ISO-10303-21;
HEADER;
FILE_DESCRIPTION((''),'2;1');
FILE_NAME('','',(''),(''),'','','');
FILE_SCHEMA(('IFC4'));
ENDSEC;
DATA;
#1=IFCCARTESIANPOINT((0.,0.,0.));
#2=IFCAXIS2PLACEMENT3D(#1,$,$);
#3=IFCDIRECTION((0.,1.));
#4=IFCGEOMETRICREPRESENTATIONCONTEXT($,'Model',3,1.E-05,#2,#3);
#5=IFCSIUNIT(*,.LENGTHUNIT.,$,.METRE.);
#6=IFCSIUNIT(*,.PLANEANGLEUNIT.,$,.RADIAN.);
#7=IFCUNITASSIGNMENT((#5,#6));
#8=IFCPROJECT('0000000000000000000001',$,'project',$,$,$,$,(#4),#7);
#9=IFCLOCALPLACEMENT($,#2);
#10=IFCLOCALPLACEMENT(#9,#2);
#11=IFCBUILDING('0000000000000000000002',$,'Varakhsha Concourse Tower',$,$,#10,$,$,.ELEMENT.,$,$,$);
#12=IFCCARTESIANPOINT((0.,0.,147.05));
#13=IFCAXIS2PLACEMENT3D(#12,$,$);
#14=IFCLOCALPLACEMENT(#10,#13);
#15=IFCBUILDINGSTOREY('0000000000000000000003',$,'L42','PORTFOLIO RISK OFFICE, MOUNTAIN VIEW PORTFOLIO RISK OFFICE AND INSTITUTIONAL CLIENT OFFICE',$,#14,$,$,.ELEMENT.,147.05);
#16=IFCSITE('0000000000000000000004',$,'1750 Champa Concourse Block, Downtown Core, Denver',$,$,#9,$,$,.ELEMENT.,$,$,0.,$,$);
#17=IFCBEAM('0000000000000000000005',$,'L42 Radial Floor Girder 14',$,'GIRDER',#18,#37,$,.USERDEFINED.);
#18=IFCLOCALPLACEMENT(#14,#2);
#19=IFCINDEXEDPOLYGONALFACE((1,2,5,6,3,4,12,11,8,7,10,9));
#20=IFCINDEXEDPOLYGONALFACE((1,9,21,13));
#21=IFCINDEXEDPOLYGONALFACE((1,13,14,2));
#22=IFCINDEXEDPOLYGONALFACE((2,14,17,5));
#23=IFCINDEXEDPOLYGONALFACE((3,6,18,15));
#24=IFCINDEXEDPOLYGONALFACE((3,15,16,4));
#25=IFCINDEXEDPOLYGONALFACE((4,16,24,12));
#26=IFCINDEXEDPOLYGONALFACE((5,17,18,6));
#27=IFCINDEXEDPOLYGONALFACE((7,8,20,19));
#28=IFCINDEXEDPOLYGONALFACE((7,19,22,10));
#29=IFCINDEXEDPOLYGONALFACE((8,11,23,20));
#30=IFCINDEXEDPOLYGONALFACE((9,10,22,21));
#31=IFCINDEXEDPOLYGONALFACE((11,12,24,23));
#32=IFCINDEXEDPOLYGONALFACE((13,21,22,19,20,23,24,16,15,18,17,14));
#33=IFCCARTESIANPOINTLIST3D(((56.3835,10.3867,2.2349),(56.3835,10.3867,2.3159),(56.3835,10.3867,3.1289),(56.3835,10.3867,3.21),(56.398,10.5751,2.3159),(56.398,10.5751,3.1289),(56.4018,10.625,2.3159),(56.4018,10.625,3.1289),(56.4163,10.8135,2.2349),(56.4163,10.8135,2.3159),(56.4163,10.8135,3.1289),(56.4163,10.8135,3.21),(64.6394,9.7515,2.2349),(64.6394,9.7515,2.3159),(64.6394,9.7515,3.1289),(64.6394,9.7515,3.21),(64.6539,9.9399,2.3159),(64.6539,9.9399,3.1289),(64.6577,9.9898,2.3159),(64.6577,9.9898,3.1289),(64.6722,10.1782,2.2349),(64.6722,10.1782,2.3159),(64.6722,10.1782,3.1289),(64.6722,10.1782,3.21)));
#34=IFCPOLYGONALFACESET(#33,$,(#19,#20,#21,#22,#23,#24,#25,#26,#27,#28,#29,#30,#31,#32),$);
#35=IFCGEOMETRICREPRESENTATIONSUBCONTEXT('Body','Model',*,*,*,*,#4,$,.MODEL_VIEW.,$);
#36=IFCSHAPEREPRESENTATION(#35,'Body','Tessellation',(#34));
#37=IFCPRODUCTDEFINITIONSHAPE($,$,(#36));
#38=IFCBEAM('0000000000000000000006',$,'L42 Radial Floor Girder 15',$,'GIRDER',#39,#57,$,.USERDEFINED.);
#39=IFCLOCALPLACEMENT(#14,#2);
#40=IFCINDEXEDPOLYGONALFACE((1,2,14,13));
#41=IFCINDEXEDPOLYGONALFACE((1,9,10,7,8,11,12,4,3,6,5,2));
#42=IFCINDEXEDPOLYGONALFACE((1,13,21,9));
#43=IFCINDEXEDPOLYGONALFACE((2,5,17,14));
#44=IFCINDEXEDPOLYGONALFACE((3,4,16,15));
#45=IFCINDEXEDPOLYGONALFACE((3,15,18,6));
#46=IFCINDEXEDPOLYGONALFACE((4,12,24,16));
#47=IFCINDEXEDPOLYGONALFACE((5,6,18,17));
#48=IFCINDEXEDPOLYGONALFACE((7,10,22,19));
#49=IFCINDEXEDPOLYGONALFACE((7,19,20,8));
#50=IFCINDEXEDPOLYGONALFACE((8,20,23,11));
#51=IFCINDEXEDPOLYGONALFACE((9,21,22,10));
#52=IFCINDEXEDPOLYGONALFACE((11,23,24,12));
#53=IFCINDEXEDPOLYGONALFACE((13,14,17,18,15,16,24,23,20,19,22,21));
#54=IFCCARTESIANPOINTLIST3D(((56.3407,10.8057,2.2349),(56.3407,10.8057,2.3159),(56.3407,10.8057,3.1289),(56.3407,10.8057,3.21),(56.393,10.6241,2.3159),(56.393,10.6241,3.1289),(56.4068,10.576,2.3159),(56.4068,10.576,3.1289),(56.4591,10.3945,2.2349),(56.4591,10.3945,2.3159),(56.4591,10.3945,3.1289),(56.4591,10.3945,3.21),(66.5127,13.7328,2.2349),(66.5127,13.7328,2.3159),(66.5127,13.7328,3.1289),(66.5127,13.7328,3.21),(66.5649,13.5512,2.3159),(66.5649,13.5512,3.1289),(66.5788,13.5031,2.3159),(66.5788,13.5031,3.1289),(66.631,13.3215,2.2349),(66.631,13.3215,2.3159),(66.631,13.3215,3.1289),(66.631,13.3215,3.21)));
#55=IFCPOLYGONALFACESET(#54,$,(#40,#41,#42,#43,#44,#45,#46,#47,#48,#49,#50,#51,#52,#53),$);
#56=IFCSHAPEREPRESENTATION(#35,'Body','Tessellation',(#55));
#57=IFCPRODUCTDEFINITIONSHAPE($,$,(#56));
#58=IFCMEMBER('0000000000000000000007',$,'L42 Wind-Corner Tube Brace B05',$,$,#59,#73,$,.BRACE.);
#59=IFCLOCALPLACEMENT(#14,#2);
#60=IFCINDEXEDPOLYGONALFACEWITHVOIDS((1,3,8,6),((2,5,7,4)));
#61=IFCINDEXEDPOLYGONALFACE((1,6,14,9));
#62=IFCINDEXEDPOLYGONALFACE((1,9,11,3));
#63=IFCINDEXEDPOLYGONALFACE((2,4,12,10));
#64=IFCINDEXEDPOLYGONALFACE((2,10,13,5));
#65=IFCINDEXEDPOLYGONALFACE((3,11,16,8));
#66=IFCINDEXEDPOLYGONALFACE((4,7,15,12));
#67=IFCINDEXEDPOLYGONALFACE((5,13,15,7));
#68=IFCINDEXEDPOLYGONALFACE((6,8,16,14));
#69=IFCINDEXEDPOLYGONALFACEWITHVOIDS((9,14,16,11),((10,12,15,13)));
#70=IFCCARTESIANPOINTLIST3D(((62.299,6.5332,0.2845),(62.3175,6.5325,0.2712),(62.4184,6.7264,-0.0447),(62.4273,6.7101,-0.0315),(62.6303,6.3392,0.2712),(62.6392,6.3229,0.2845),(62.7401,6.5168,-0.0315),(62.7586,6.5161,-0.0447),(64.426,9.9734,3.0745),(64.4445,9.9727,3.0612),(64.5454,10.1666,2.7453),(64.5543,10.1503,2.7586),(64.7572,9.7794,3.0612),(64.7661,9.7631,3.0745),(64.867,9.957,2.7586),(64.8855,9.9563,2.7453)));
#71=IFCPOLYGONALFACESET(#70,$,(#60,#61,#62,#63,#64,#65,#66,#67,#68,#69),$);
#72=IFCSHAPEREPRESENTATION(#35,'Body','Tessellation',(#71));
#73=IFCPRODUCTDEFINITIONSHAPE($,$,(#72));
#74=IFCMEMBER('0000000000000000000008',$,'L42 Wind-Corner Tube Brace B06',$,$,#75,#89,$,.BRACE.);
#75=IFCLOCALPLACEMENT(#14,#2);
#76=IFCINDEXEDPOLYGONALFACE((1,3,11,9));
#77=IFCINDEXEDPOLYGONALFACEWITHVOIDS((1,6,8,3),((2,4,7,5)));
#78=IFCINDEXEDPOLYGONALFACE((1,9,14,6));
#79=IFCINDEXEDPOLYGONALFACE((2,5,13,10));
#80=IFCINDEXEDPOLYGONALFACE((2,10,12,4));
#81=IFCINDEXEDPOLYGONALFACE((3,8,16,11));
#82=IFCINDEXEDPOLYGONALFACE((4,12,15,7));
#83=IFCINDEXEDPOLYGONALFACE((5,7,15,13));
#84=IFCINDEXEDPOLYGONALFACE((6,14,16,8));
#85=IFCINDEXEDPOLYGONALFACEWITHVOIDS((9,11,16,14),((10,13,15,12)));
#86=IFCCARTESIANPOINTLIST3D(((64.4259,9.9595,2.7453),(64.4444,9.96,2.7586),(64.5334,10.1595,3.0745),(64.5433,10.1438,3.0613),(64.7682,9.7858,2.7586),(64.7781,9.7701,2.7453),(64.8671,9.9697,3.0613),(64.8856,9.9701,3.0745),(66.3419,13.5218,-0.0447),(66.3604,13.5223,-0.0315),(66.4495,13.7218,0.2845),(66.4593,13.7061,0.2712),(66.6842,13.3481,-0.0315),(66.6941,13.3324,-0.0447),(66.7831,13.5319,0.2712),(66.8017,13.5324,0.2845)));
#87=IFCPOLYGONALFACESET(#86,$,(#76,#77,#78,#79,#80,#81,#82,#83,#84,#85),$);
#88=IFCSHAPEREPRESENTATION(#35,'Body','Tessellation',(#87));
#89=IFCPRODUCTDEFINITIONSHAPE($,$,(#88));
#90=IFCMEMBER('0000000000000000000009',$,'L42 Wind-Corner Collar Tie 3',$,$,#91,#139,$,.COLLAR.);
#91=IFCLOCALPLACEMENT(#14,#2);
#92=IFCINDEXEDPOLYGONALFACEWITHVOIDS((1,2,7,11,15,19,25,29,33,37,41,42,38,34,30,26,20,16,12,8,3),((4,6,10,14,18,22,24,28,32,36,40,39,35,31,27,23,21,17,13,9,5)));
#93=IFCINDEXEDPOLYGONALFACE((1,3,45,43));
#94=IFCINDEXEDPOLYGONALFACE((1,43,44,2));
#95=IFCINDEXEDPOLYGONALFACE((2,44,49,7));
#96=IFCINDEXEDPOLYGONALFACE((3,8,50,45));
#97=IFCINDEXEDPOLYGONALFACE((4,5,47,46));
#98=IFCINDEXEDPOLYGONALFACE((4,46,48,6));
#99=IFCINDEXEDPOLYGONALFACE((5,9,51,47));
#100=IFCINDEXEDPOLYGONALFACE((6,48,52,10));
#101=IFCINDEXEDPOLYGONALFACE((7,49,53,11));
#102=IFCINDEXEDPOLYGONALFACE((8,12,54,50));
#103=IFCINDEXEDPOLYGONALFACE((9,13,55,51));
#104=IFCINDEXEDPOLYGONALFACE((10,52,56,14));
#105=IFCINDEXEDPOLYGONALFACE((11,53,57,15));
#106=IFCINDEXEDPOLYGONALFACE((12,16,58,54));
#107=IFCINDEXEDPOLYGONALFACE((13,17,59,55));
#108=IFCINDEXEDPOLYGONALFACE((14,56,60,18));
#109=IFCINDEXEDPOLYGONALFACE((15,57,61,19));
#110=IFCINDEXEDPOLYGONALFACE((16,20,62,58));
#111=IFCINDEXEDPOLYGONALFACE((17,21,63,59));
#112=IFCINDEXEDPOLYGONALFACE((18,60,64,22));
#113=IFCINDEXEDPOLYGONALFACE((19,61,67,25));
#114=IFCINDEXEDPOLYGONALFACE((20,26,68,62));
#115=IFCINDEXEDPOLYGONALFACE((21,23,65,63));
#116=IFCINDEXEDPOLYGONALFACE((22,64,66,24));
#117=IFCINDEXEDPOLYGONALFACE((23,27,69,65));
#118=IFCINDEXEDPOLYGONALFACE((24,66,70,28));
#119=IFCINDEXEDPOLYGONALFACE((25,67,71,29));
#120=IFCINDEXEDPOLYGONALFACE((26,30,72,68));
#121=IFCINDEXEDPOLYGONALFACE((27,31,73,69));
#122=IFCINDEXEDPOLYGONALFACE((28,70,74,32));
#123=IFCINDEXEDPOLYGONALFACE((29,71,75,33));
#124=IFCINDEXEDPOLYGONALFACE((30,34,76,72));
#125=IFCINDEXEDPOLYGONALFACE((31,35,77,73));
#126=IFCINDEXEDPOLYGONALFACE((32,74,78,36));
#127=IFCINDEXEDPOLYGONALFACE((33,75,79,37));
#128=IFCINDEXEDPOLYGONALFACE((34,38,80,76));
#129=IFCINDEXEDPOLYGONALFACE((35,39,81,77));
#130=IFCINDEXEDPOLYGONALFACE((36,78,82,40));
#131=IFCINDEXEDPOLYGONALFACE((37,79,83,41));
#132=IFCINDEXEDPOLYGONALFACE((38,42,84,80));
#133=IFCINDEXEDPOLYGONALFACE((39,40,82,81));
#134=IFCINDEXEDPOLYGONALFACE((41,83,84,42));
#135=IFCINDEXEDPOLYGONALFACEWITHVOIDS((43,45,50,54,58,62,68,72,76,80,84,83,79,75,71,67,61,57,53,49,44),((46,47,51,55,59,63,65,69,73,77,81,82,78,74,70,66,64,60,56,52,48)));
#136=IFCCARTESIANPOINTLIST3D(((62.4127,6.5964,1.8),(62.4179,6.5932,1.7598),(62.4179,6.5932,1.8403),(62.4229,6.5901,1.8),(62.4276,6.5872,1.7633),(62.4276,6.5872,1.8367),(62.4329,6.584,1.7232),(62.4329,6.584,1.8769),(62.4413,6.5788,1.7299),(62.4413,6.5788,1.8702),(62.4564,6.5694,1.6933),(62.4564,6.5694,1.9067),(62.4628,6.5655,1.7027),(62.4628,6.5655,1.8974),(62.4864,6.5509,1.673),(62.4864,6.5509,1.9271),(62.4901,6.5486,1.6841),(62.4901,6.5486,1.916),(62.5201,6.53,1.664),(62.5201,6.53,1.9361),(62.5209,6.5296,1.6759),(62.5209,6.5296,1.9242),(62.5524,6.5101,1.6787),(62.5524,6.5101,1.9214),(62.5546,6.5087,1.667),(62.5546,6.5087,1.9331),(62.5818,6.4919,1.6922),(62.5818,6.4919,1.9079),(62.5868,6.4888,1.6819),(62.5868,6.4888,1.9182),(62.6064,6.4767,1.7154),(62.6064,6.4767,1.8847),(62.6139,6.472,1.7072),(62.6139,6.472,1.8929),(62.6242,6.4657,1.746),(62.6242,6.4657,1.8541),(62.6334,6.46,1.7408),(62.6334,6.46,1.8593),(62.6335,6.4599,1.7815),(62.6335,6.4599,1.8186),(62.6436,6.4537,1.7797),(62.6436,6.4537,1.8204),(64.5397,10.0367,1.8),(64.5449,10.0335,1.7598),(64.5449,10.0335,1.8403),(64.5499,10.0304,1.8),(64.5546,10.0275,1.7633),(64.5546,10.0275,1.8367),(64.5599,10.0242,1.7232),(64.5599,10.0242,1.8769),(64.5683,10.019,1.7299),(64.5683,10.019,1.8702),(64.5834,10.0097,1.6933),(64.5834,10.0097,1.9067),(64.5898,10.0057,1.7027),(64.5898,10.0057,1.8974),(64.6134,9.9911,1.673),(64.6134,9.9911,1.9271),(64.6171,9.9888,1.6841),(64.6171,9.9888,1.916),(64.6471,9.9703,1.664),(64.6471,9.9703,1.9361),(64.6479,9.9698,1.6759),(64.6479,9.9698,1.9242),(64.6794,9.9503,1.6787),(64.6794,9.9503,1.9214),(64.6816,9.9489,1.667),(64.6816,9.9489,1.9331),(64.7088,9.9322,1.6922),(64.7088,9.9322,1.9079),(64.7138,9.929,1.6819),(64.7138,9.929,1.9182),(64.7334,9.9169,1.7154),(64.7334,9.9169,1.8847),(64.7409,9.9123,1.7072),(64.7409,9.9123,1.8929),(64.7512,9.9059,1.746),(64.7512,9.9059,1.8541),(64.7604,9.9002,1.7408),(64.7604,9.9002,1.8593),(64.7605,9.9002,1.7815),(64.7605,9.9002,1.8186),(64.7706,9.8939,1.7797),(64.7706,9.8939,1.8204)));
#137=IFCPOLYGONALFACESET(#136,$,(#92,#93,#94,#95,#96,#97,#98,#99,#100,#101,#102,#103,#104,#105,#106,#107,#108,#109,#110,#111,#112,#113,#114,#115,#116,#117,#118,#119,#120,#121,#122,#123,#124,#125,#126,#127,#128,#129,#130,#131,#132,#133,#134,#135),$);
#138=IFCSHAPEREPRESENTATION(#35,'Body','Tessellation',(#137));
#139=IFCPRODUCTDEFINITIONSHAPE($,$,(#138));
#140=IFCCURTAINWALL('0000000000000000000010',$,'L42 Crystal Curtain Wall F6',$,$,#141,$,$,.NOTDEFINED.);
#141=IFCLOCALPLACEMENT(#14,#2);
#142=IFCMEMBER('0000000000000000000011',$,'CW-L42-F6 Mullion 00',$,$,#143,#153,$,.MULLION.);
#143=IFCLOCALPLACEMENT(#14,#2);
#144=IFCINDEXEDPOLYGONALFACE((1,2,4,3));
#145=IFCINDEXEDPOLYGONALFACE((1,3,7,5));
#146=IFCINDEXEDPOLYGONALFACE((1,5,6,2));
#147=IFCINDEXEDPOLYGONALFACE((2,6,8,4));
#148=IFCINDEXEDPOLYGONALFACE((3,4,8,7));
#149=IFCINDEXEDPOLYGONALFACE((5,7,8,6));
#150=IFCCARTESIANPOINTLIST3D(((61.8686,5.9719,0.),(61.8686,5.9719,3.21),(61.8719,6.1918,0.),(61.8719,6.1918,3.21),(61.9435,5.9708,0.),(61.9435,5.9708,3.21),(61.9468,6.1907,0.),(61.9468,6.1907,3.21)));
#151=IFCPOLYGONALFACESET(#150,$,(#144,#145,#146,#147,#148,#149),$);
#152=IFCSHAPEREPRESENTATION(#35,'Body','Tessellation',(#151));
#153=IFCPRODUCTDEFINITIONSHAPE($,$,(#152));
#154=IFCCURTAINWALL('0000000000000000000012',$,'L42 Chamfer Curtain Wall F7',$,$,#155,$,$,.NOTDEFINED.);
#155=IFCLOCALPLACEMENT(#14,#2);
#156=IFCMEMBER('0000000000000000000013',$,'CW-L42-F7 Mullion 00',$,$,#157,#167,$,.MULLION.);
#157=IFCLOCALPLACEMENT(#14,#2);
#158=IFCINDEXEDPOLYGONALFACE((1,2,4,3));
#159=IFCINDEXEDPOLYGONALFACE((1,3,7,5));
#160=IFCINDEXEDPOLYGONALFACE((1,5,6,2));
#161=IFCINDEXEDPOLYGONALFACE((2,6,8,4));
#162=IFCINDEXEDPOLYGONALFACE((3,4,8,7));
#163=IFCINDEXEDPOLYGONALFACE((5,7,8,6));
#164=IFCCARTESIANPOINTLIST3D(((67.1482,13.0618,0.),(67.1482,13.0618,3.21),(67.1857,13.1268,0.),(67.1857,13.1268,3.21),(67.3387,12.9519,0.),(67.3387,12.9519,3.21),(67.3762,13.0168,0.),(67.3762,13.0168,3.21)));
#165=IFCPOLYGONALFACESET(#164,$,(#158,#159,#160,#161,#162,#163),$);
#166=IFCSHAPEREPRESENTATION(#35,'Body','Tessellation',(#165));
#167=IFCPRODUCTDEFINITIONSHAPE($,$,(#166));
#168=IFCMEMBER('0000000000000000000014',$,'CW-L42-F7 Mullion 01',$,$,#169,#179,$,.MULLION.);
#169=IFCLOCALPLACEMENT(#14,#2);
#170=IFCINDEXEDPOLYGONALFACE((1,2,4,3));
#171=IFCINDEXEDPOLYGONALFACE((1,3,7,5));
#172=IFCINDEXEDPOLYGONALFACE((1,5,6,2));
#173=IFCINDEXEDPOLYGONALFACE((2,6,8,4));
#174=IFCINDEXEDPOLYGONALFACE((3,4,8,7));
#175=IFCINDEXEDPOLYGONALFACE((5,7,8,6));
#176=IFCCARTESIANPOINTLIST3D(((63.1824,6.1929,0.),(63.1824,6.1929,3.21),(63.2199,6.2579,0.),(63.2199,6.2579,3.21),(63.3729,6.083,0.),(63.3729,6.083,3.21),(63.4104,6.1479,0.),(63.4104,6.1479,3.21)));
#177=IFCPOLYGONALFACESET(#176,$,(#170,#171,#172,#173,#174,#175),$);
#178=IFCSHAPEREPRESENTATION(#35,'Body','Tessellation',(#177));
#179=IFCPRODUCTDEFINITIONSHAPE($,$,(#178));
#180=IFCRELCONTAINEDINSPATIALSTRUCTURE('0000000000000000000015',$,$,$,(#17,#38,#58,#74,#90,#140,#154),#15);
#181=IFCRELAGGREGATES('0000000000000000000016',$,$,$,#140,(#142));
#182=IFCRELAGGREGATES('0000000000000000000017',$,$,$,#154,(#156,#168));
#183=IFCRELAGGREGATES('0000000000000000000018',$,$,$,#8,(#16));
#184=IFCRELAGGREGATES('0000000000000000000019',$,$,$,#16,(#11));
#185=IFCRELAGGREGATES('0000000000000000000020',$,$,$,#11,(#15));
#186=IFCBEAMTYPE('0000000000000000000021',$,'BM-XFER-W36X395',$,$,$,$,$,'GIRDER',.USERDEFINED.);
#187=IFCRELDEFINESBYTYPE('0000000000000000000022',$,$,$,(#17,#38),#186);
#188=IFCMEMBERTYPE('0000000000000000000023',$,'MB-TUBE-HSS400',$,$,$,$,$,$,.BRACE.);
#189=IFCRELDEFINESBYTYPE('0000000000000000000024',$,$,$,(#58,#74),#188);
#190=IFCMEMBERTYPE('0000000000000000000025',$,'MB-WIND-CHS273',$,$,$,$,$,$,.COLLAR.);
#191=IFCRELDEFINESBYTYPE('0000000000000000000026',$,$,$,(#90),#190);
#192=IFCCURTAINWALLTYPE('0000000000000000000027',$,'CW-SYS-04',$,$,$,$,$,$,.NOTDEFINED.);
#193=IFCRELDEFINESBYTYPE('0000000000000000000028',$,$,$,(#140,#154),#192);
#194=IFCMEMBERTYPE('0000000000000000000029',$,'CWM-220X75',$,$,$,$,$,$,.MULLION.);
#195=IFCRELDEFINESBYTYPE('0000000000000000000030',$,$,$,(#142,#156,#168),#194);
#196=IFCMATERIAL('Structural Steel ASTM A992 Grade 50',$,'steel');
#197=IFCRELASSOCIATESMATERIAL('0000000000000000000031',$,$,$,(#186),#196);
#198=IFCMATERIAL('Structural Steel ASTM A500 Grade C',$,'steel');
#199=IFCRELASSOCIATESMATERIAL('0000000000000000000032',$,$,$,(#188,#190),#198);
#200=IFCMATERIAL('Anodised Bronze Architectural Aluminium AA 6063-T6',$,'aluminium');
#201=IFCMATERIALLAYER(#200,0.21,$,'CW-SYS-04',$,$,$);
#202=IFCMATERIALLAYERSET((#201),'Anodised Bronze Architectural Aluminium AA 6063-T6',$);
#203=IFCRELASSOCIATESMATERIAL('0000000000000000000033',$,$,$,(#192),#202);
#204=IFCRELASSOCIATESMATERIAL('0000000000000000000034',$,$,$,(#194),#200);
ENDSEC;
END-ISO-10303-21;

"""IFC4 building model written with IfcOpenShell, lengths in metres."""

from ifc_helpers import new_model, si_unit, direction, frame, origin, origin_2d, place, context, subcontext, project, spatial, rectangle, hollow_rectangle, hollow_circle, i_section, extrude, source, transform, mapped, material, layer, layer_set, material_profile, profile_set, type_object, type_shapes, element, aggregate, save


model = new_model("IFC4")

# Units and contexts
model_context = context("Model", 3, precision=1e-05, world=origin(), true_north=direction((0.0, 1.0)))
body_context = subcontext(model_context, "Body", "Model", "MODEL_VIEW")
ifc_project = project(units=[si_unit("LENGTHUNIT", "METRE"), si_unit("PLANEANGLEUNIT", "RADIAN")], contexts=[model_context])

# Site, building, storey
site_placement = place(None, origin())
site = spatial("IfcSite", under=ifc_project, at=site_placement, Name="1750 Champa Concourse Block, Downtown Core, Denver", CompositionType="ELEMENT", RefElevation=0.0)
building_placement = place(site_placement, origin())
building = spatial("IfcBuilding", under=site, at=building_placement, Name="Varakhsha Concourse Tower", CompositionType="ELEMENT")
storey_placement = place(building_placement, frame((0.0, 0.0, 147.05)))
storey = spatial("IfcBuildingStorey", under=building, at=storey_placement, Name="L42", Description="PORTFOLIO RISK OFFICE, MOUNTAIN VIEW PORTFOLIO RISK OFFICE AND INSTITUTIONAL CLIENT OFFICE", CompositionType="ELEMENT", Elevation=147.05)

# Beams
ifc_material_1 = material(Name="Structural Steel ASTM A992 Grade 50", Category="steel")
ifc_material_profile_1 = material_profile(ifc_material_1, i_section(OverallWidth=0.428, OverallDepth=0.9751, WebThickness=0.05, FlangeThickness=0.0811, at=origin_2d()), Name="W36X395")
ifc_profile_set_1 = profile_set([ifc_material_profile_1], Name="Structural Steel ASTM A992 Grade 50")
beam_type_1 = type_object("IfcBeamType", Name="BM-XFER-W36X395", ElementType="GIRDER", PredefinedType="USERDEFINED", material=ifc_profile_set_1)
beam_1_placement = place(storey_placement, frame((56.3999, 10.6001, 2.7224), z_axis=(0.997053, -0.076719, 0.0), x_axis=(0.076719, 0.997053, 0.0)))
element("IfcBeam", 1, at=beam_1_placement, inside=storey, type_object=beam_type_1, Name="L42 Radial Floor Girder 14", ObjectType="GIRDER", PredefinedType="USERDEFINED", context=body_context, shape_type="SweptSolid", body=[
    extrude(i_section(OverallWidth=0.428, OverallDepth=0.9751, WebThickness=0.05, FlangeThickness=0.0811, at=origin_2d()), origin(), (0.0, 0.0, 1.0), 8.2803),
])
beam_2_placement = place(storey_placement, frame((56.3999, 10.6001, 2.7224), z_axis=(0.961004, 0.276533, 0.0), x_axis=(-0.276533, 0.961004, 0.0)))
element("IfcBeam", 2, at=beam_2_placement, inside=storey, type_object=beam_type_1, Name="L42 Radial Floor Girder 15", ObjectType="GIRDER", PredefinedType="USERDEFINED", context=body_context, shape_type="SweptSolid", body=[
    extrude(i_section(OverallWidth=0.428, OverallDepth=0.9751, WebThickness=0.05, FlangeThickness=0.0811, at=origin_2d()), origin(), (0.0, 0.0, 1.0), 10.5847),
])

# Members
ifc_material_2 = material(Name="Structural Steel ASTM A500 Grade C", Category="steel")
ifc_material_profile_2 = material_profile(ifc_material_2, hollow_rectangle(XDim=0.3999, YDim=0.3999, WallThickness=0.0161, at=origin_2d()), Name="HSS 400x400x16")
ifc_profile_set_2 = profile_set([ifc_material_profile_2], Name="Structural Steel ASTM A500 Grade C")
member_type_1 = type_object("IfcMemberType", Name="MB-TUBE-HSS400", PredefinedType="BRACE", material=ifc_profile_set_2)
shared_shape_1 = source(origin(), body_context, "Body", "SweptSolid", [
    extrude(hollow_rectangle(XDim=0.3999, YDim=0.3999, WallThickness=0.0161, at=origin_2d()), origin(), (0.0, 0.0, 1.0), 4.9136),
])
member_1_placement = place(storey_placement, frame((62.5288, 6.5247, 0.1199), z_axis=(0.432874, 0.70014, 0.567824), x_axis=(-0.850562, 0.525875, 0.0)))
element("IfcMember", 3, at=member_1_placement, inside=storey, type_object=member_type_1, Name="L42 Wind-Corner Tube Brace B05", PredefinedType="BRACE", context=body_context, shape_type="MappedRepresentation", body=[
    mapped(shared_shape_1, transform((0.0, 0.0, 0.0), scale=1.0)),
])
shared_shape_2 = source(origin(), body_context, "Body", "SweptSolid", [
    extrude(hollow_rectangle(XDim=0.3999, YDim=0.3999, WallThickness=0.0161, at=origin_2d()), origin(), (0.0, 0.0, 1.0), 4.9138),
])
type_shapes(member_type_1, [shared_shape_1, shared_shape_2])
member_2_placement = place(storey_placement, frame((66.5718, 13.5271, 0.1199), z_axis=(-0.389928, -0.724954, 0.567801), x_axis=(0.88069, -0.473693, 0.0)))
element("IfcMember", 4, at=member_2_placement, inside=storey, type_object=member_type_1, Name="L42 Wind-Corner Tube Brace B06", PredefinedType="BRACE", context=body_context, shape_type="MappedRepresentation", body=[
    mapped(shared_shape_2, transform((0.0, 0.0, 0.0), scale=1.0)),
])
ifc_material_profile_3 = material_profile(ifc_material_2, hollow_circle(Radius=0.1365, WallThickness=0.012, at=origin_2d()), Name="CHS 273x12")
ifc_profile_set_3 = profile_set([ifc_material_profile_3], Name="Structural Steel ASTM A500 Grade C")
member_type_2 = type_object("IfcMemberType", Name="MB-WIND-CHS273", PredefinedType="COLLAR", material=ifc_profile_set_3)
shared_shape_3 = source(origin(), body_context, "Body", "SweptSolid", [
    extrude(hollow_circle(Radius=0.1365, WallThickness=0.012, at=origin_2d()), origin(), (0.0, 0.0, 1.0), 4.0447),
])
type_shapes(member_type_2, [shared_shape_3])
member_3_placement = place(storey_placement, frame((62.5288, 6.5247, 1.8), z_axis=(0.525875, 0.850562, 0.0), x_axis=(-0.850562, 0.525875, 0.0)))
element("IfcMember", 5, at=member_3_placement, inside=storey, type_object=member_type_2, Name="L42 Wind-Corner Collar Tie 3", PredefinedType="COLLAR", context=body_context, shape_type="MappedRepresentation", body=[
    mapped(shared_shape_3, transform((0.0, 0.0, 0.0), scale=1.0)),
])

# Curtain wall, member
ifc_material_3 = material(Name="Anodised Bronze Architectural Aluminium AA 6063-T6", Category="aluminium")
ifc_layer_1 = layer(ifc_material_3, 0.21, Name="CW-SYS-04")
ifc_layer_set_1 = layer_set([ifc_layer_1], Name="Anodised Bronze Architectural Aluminium AA 6063-T6")
curtain_wall_type = type_object("IfcCurtainWallType", Name="CW-SYS-04", PredefinedType="NOTDEFINED", material=ifc_layer_set_1)
curtain_wall_1_placement = place(storey_placement, origin())
curtain_wall_1 = element("IfcCurtainWall", 6, at=curtain_wall_1_placement, inside=storey, type_object=curtain_wall_type, Name="L42 Crystal Curtain Wall F6", PredefinedType="NOTDEFINED")
ifc_material_profile_4 = material_profile(ifc_material_3, rectangle(XDim=0.075, YDim=0.22, at=origin_2d()), Name="CWM-220X75")
ifc_profile_set_4 = profile_set([ifc_material_profile_4], Name="Anodised Bronze Architectural Aluminium AA 6063-T6")
member_type_3 = type_object("IfcMemberType", Name="CWM-220X75", PredefinedType="MULLION", material=ifc_profile_set_4)
shared_shape_4 = source(origin(), body_context, "Body", "SweptSolid", [
    extrude(rectangle(XDim=0.075, YDim=0.22, at=origin_2d()), origin(), (0.0, 0.0, 1.0), 3.21),
])
type_shapes(member_type_3, [shared_shape_4])
member_4_placement = place(storey_placement, frame((61.9077, 6.0813, 0.0), z_axis=(0.0, 0.0, 1.0), x_axis=(-0.999887, 0.015063, 0.0)))
member_4 = element("IfcMember", 7, at=member_4_placement, type_object=member_type_3, Name="CW-L42-F6 Mullion 00", PredefinedType="MULLION", context=body_context, shape_type="MappedRepresentation", body=[
    mapped(shared_shape_4, transform((0.0, 0.0, 0.0), scale=1.0)),
])

# Curtain wall, members
curtain_wall_2_placement = place(storey_placement, origin())
curtain_wall_2 = element("IfcCurtainWall", 8, at=curtain_wall_2_placement, inside=storey, type_object=curtain_wall_type, Name="L42 Chamfer Curtain Wall F7", PredefinedType="NOTDEFINED")
member_5_placement = place(storey_placement, frame((67.2622, 13.0393, 0.0), z_axis=(0.0, 0.0, 1.0), x_axis=(-0.5, -0.866025, 0.0)))
member_5 = element("IfcMember", 9, at=member_5_placement, type_object=member_type_3, Name="CW-L42-F7 Mullion 00", PredefinedType="MULLION", context=body_context, shape_type="MappedRepresentation", body=[
    mapped(shared_shape_4, transform((0.0, 0.0, 0.0), scale=1.0)),
])
member_6_placement = place(storey_placement, frame((63.2964, 6.1704, 0.0), z_axis=(0.0, 0.0, 1.0), x_axis=(-0.5, -0.866025, 0.0)))
member_6 = element("IfcMember", 10, at=member_6_placement, type_object=member_type_3, Name="CW-L42-F7 Mullion 01", PredefinedType="MULLION", context=body_context, shape_type="MappedRepresentation", body=[
    mapped(shared_shape_4, transform((0.0, 0.0, 0.0), scale=1.0)),
])

aggregate(curtain_wall_1, [member_4])
aggregate(curtain_wall_2, [member_5, member_6])

save(model, "model.ifc")
